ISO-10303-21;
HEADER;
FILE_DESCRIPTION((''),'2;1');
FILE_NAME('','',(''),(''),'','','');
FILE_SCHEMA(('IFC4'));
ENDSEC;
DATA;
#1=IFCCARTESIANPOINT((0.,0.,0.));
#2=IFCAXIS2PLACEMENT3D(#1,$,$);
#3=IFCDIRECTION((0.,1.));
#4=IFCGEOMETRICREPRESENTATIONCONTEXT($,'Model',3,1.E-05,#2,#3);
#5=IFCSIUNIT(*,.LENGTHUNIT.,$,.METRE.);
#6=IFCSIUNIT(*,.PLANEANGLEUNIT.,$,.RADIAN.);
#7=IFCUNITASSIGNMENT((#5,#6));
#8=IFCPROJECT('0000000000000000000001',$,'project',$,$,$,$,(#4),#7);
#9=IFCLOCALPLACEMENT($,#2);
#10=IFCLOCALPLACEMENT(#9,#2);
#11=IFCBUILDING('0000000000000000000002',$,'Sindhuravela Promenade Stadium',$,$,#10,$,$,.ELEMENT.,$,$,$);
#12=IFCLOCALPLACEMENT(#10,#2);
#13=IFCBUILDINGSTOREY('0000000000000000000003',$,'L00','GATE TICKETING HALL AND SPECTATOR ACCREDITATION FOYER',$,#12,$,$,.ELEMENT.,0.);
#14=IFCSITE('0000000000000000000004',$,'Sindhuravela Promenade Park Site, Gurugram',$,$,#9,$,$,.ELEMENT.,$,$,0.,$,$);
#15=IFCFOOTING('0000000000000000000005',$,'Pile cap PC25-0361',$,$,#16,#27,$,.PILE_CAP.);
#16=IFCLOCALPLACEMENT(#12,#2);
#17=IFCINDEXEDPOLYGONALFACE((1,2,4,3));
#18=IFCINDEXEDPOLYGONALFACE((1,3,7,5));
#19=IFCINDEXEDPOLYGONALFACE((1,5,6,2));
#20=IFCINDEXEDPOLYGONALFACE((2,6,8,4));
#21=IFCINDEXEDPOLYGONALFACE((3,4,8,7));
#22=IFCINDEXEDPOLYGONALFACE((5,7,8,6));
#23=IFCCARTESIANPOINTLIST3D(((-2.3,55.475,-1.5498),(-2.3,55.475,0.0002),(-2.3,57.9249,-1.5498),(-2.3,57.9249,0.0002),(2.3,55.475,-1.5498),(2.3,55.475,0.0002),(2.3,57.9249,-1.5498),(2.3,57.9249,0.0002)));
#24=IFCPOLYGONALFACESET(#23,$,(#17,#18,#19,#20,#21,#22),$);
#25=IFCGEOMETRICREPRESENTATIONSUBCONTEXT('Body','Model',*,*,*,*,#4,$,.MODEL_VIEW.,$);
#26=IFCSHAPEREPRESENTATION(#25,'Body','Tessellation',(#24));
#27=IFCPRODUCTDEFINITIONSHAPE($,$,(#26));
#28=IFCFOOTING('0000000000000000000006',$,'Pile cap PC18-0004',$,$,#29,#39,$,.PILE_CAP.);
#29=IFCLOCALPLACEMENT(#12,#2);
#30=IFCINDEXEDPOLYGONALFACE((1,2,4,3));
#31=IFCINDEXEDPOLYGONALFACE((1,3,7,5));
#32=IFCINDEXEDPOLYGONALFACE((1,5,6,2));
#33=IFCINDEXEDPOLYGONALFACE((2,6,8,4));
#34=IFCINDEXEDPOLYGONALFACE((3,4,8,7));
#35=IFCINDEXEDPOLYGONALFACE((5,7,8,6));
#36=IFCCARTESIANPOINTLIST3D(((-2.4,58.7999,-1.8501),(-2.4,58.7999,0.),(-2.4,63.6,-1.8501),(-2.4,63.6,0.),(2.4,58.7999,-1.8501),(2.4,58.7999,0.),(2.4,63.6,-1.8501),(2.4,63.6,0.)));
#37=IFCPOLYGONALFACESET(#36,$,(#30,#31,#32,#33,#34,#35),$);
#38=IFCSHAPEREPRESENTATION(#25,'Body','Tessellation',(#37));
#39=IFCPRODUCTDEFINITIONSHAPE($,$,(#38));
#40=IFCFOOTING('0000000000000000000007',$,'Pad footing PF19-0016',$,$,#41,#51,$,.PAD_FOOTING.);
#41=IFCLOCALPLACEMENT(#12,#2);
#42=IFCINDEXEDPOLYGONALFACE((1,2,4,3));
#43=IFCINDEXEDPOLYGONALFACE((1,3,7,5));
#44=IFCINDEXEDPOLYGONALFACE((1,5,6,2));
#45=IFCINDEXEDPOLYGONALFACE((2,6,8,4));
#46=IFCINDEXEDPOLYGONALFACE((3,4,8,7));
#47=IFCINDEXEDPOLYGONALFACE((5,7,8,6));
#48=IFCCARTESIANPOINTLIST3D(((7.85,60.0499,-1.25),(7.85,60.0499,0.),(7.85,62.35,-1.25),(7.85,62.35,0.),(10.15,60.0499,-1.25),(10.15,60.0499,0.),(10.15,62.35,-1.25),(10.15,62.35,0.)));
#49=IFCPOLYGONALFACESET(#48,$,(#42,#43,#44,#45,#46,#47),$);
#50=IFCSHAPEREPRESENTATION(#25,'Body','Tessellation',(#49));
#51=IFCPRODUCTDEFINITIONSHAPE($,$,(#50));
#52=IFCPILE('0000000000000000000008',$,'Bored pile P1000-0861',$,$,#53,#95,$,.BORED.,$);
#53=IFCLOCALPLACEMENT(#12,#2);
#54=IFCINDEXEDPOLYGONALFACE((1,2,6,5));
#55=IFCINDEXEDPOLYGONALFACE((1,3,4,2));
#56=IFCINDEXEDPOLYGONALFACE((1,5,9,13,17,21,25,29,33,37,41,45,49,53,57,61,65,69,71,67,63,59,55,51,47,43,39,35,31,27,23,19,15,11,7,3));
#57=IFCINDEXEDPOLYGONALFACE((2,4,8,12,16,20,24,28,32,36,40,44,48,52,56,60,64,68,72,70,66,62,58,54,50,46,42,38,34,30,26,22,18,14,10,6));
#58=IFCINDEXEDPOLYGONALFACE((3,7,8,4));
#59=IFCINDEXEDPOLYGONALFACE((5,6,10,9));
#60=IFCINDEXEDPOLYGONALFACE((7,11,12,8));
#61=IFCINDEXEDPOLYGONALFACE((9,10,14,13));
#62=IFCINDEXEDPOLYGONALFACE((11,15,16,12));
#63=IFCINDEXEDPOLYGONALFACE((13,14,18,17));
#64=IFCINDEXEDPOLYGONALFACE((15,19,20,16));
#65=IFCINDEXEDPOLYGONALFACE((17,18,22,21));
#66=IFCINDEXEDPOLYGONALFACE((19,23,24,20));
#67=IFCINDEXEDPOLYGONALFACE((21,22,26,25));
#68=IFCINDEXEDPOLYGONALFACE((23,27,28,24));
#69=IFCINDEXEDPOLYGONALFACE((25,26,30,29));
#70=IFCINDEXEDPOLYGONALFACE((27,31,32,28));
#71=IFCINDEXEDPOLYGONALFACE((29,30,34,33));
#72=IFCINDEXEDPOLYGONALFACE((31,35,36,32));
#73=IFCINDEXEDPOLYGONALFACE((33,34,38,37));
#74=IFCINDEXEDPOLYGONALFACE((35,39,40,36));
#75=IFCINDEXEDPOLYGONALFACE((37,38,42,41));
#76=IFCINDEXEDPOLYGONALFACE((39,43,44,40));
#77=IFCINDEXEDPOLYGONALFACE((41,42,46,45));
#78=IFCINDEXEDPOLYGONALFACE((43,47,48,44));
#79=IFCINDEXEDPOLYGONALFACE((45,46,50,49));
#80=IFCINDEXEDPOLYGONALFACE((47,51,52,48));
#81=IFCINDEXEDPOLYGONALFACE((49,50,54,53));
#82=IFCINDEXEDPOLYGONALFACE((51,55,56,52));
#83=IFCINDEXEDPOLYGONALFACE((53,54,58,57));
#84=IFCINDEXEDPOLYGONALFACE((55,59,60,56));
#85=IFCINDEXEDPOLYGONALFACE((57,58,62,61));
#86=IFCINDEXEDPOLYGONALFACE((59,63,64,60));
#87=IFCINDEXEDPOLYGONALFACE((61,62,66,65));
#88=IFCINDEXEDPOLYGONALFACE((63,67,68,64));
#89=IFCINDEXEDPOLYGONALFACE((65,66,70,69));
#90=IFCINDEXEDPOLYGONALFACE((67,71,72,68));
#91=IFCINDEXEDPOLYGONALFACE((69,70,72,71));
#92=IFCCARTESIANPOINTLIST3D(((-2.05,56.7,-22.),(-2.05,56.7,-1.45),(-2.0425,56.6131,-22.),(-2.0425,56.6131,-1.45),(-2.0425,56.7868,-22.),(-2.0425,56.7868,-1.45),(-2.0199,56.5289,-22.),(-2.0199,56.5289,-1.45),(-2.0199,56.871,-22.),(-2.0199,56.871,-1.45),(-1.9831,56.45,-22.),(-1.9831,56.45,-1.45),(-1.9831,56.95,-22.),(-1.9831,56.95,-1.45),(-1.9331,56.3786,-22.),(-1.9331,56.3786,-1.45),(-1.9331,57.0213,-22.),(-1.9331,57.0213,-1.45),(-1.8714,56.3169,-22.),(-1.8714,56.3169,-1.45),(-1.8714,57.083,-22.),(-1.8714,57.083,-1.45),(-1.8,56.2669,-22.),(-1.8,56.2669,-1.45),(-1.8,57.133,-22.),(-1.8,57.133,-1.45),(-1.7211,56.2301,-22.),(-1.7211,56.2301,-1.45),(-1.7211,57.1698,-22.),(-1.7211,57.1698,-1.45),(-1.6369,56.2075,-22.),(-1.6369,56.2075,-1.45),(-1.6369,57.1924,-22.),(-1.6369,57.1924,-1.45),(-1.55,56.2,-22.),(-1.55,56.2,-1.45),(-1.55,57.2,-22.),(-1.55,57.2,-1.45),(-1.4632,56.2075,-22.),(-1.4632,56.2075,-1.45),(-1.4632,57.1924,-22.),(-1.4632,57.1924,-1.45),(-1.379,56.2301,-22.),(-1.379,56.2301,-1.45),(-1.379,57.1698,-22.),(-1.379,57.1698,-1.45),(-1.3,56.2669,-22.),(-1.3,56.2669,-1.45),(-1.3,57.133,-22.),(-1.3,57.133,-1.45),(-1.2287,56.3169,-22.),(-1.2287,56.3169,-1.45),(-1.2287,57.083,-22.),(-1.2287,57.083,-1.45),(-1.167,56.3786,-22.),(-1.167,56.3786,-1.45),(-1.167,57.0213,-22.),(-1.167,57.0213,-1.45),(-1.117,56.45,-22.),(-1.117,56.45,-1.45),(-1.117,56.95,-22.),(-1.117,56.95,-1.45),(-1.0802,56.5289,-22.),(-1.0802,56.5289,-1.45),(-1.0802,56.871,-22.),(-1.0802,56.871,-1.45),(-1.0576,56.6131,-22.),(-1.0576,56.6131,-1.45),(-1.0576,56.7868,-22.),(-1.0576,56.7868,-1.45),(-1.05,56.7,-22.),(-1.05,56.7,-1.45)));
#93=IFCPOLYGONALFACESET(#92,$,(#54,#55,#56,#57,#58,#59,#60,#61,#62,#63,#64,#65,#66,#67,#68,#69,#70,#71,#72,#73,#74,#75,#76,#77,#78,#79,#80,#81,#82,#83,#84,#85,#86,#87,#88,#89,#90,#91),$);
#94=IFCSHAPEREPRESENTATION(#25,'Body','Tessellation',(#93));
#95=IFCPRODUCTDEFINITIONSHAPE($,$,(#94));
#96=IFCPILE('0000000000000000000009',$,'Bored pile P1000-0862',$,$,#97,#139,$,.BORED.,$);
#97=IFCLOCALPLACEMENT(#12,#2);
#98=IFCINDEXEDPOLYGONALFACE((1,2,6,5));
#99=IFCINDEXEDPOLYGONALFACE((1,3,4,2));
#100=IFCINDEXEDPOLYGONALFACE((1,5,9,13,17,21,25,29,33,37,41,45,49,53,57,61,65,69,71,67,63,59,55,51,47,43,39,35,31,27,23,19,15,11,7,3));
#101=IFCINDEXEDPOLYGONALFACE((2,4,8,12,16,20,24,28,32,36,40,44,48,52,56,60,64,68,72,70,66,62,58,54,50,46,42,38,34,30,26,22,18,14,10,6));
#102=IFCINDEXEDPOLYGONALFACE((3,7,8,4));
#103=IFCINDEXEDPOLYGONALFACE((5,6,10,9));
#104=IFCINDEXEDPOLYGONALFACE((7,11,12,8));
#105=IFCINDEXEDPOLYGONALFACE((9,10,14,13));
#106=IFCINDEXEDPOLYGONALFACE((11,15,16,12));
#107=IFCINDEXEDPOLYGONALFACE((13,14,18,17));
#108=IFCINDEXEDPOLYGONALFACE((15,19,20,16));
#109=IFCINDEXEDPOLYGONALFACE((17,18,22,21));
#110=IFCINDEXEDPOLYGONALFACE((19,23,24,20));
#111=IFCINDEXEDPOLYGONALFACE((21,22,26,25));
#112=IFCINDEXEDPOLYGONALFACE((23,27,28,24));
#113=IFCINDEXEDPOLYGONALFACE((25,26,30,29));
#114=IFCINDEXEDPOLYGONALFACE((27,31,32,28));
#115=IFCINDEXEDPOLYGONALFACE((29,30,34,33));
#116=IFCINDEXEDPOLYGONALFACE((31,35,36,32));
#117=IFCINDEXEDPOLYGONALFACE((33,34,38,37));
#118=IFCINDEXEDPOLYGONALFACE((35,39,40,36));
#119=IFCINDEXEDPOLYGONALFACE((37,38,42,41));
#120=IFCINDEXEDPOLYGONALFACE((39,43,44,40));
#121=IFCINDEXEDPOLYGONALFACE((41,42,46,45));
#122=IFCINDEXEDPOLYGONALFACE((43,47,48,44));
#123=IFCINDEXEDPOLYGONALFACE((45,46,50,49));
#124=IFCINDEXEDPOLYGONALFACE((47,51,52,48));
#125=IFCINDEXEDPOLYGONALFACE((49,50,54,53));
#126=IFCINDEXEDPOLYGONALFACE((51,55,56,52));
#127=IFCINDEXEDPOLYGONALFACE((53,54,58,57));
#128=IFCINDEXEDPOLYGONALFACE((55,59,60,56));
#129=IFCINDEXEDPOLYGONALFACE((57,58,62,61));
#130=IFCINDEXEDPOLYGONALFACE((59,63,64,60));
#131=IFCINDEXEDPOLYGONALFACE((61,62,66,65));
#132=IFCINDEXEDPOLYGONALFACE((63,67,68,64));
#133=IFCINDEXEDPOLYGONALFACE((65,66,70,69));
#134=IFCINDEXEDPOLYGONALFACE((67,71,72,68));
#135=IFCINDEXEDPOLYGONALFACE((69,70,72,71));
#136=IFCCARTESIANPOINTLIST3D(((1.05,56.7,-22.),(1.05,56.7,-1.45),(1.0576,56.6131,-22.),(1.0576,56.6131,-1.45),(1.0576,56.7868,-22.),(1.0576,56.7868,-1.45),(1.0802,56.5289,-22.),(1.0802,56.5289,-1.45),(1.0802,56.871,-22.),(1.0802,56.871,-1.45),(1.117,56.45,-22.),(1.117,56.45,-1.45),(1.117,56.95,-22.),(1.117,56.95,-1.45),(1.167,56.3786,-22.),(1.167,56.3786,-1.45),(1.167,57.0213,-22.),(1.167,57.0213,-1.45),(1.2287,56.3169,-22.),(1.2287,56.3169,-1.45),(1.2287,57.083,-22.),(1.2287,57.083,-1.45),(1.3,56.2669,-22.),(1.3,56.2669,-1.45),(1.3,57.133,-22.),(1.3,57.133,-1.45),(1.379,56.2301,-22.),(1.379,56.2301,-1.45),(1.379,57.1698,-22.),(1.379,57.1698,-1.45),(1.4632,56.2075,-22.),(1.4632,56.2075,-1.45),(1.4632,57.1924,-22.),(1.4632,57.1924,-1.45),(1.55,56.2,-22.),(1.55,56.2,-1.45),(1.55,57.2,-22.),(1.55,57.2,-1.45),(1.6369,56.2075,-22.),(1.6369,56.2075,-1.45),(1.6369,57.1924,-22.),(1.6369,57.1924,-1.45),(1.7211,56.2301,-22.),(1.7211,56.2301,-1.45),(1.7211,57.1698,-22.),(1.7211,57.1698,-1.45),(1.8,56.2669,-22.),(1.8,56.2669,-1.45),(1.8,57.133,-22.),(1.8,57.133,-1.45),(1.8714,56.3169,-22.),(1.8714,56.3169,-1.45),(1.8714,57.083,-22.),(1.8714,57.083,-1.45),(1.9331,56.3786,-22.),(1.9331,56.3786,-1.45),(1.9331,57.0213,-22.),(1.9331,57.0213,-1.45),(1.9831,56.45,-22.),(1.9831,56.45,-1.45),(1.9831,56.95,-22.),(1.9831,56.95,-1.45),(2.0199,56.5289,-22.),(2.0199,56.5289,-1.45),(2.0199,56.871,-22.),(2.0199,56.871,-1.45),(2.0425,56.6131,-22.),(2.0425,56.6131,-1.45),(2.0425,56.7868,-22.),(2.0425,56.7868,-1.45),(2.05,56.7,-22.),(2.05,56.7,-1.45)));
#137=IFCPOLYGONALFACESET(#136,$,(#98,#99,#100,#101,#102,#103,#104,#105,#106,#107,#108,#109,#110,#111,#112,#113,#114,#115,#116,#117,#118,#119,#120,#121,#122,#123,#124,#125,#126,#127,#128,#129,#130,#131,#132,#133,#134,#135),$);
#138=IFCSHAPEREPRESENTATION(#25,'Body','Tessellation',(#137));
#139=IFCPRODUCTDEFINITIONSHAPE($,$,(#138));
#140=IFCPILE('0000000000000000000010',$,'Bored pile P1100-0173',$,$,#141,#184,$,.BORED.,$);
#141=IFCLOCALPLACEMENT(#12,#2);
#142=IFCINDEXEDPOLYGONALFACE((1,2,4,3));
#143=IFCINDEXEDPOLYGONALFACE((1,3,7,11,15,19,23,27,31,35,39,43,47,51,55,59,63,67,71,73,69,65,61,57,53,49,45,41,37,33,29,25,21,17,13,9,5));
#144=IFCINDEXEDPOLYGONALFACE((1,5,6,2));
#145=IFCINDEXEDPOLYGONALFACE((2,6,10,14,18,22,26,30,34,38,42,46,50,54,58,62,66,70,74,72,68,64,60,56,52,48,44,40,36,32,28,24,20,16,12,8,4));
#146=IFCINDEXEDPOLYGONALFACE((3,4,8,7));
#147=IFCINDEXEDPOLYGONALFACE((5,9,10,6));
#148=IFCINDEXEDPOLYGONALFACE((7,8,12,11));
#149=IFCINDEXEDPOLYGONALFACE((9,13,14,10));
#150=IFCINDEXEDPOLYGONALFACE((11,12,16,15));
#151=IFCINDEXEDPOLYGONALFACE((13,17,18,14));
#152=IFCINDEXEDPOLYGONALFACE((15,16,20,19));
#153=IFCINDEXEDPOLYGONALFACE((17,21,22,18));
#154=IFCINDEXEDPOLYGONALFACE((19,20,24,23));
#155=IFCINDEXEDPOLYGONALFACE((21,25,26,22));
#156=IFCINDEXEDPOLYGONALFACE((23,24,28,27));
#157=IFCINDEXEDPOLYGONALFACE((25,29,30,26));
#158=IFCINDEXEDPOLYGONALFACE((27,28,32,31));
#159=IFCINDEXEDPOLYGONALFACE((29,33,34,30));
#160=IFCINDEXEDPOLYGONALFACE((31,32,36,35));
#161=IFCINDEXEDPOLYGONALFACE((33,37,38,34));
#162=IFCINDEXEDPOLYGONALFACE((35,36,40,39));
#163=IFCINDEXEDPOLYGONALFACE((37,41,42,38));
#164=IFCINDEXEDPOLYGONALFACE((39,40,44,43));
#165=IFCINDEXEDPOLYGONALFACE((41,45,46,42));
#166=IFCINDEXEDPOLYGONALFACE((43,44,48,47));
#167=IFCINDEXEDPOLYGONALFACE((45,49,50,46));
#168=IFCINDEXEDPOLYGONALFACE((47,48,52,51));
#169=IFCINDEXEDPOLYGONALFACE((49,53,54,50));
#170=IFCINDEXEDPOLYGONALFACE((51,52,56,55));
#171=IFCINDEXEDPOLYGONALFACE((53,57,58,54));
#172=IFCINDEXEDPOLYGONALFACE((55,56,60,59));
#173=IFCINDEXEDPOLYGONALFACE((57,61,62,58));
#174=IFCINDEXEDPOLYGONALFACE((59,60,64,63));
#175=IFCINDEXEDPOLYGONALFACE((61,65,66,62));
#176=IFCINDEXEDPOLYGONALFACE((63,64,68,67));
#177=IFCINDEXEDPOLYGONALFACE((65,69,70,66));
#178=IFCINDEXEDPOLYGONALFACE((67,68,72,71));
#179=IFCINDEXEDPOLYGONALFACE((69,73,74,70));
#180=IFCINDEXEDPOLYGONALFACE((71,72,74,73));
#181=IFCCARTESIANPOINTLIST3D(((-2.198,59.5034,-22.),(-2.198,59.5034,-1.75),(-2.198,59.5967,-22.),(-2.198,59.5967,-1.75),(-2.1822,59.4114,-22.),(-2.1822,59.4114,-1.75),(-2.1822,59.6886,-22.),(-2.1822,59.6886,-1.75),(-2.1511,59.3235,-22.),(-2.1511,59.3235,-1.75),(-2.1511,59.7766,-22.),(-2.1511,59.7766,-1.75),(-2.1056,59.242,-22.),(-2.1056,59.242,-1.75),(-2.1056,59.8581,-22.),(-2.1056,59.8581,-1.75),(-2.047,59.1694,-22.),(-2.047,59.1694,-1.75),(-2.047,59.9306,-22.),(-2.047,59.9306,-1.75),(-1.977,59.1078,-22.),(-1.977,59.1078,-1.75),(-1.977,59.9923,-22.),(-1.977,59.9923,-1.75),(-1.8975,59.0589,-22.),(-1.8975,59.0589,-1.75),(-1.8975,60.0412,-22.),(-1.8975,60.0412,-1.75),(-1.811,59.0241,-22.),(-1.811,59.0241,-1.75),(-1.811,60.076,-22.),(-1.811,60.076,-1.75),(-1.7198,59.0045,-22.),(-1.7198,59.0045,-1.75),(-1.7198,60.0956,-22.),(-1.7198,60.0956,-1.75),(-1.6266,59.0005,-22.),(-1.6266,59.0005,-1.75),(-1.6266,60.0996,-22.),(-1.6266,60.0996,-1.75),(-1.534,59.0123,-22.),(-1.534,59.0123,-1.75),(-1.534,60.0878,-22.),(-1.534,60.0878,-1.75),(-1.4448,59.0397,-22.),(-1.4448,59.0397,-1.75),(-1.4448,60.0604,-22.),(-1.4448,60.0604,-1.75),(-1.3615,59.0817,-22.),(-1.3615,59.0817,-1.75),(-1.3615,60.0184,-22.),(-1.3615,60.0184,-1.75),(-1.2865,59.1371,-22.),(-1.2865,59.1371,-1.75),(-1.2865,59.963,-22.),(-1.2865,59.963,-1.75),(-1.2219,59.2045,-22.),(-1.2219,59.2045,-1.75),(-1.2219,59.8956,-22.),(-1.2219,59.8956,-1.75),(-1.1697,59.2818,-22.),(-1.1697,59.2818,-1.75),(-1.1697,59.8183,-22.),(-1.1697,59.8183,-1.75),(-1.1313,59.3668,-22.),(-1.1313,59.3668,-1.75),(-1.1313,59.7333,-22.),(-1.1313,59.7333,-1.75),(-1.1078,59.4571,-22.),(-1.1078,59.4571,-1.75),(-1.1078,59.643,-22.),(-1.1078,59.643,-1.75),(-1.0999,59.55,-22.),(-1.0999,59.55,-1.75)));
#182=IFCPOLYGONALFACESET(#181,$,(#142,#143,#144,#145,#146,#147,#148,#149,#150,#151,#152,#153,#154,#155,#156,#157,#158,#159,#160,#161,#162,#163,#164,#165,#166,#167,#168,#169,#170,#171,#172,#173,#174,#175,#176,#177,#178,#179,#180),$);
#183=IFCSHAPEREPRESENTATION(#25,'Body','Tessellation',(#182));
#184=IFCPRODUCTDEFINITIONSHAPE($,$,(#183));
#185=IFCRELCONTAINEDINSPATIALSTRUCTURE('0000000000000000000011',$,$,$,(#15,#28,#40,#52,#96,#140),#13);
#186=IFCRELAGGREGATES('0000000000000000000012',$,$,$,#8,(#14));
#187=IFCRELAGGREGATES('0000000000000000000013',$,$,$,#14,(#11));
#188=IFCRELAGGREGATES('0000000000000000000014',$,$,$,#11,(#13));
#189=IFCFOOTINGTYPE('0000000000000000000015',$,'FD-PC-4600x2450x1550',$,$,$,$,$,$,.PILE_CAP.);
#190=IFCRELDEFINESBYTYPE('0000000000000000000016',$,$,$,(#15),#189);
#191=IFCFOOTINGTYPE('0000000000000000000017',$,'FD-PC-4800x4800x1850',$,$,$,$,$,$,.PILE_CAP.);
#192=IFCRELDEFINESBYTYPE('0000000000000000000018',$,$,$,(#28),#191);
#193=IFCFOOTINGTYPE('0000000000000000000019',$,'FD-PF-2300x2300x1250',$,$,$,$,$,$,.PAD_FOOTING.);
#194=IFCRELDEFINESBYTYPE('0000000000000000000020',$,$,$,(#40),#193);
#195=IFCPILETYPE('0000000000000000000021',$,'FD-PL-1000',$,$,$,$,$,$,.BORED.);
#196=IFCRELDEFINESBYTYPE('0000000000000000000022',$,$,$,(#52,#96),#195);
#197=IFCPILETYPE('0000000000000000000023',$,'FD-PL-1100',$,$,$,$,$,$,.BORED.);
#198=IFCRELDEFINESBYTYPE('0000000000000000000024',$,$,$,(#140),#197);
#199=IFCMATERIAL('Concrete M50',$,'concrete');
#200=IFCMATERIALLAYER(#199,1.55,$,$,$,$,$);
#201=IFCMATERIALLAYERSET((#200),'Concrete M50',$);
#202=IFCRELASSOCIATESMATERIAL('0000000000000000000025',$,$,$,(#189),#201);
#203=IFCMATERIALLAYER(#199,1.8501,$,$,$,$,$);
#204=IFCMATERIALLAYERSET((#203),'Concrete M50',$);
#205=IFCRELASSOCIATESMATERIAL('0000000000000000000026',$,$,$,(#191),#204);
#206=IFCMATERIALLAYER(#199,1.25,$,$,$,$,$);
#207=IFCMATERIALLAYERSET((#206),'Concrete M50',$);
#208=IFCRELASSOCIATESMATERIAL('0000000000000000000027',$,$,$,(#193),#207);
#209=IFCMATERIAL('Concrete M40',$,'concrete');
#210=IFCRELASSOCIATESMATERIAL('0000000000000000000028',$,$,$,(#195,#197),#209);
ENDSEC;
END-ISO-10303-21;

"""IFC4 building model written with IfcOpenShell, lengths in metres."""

from ifc_helpers import new_model, si_unit, direction, frame, origin, origin_2d, place, context, subcontext, project, spatial, rectangle, circle, extrude, material, layer, layer_set, material_profile, profile_set, type_object, element, save


model = new_model("IFC4")

# Units and contexts
model_context = context("Model", 3, precision=1e-05, world=origin(), true_north=direction((0.0, 1.0)))
body_context = subcontext(model_context, "Body", "Model", "MODEL_VIEW")
ifc_project = project(units=[si_unit("LENGTHUNIT", "METRE"), si_unit("PLANEANGLEUNIT", "RADIAN")], contexts=[model_context])

# Site, building, storey
site_placement = place(None, origin())
site = spatial("IfcSite", under=ifc_project, at=site_placement, Name="Sindhuravela Promenade Park Site, Gurugram", CompositionType="ELEMENT", RefElevation=0.0)
building_placement = place(site_placement, origin())
building = spatial("IfcBuilding", under=site, at=building_placement, Name="Sindhuravela Promenade Stadium", CompositionType="ELEMENT")
storey_placement = place(building_placement, origin())
storey = spatial("IfcBuildingStorey", under=building, at=storey_placement, Name="L00", Description="GATE TICKETING HALL AND SPECTATOR ACCREDITATION FOYER", CompositionType="ELEMENT", Elevation=0.0)

# Footings
ifc_material_1 = material(Name="Concrete M50", Category="concrete")
ifc_layer_1 = layer(ifc_material_1, 1.55)
ifc_layer_set_1 = layer_set([ifc_layer_1], Name="Concrete M50")
footing_type_1 = type_object("IfcFootingType", Name="FD-PC-4600x2450x1550", PredefinedType="PILE_CAP", material=ifc_layer_set_1)
footing_1_placement = place(storey_placement, frame((0.0, 56.7, -1.5498), z_axis=(0.0, 0.0, 1.0), x_axis=(1.0, 0.0, 0.0)))
element("IfcFooting", 1, at=footing_1_placement, inside=storey, type_object=footing_type_1, Name="Pile cap PC25-0361", PredefinedType="PILE_CAP", context=body_context, shape_type="SweptSolid", body=[
    extrude(rectangle(XDim=4.6001, YDim=2.45, at=origin_2d()), origin(), (0.0, 0.0, 1.0), 1.55),
])
ifc_layer_2 = layer(ifc_material_1, 1.8501)
ifc_layer_set_2 = layer_set([ifc_layer_2], Name="Concrete M50")
footing_type_2 = type_object("IfcFootingType", Name="FD-PC-4800x4800x1850", PredefinedType="PILE_CAP", material=ifc_layer_set_2)
footing_2_placement = place(storey_placement, frame((0.0, 61.2, -1.8501), z_axis=(0.0, 0.0, 1.0), x_axis=(1.0, 0.0, 0.0)))
element("IfcFooting", 2, at=footing_2_placement, inside=storey, type_object=footing_type_2, Name="Pile cap PC18-0004", PredefinedType="PILE_CAP", context=body_context, shape_type="SweptSolid", body=[
    extrude(rectangle(XDim=4.8, YDim=4.8, at=origin_2d()), origin(), (0.0, 0.0, 1.0), 1.8501),
])
ifc_layer_3 = layer(ifc_material_1, 1.25)
ifc_layer_set_3 = layer_set([ifc_layer_3], Name="Concrete M50")
footing_type_3 = type_object("IfcFootingType", Name="FD-PF-2300x2300x1250", PredefinedType="PAD_FOOTING", material=ifc_layer_set_3)
footing_3_placement = place(storey_placement, frame((9.0, 61.2, -1.25), z_axis=(0.0, 0.0, 1.0), x_axis=(1.0, 0.0, 0.0)))
element("IfcFooting", 3, at=footing_3_placement, inside=storey, type_object=footing_type_3, Name="Pad footing PF19-0016", PredefinedType="PAD_FOOTING", context=body_context, shape_type="SweptSolid", body=[
    extrude(rectangle(XDim=2.3, YDim=2.3, at=origin_2d()), origin(), (0.0, 0.0, 1.0), 1.25),
])

# Piles
ifc_material_2 = material(Name="Concrete M40", Category="concrete")
ifc_material_profile_1 = material_profile(ifc_material_2, circle(Radius=0.5, at=origin_2d()), Name="BORED PILE D1000")
ifc_profile_set_1 = profile_set([ifc_material_profile_1], Name="Concrete M40")
pile_type_1 = type_object("IfcPileType", Name="FD-PL-1000", PredefinedType="BORED", material=ifc_profile_set_1)
for number, where, z_axis, x_axis, name in (
    (4, (-1.55, 56.7, -1.45), (0.0, 0.0, -1.0), (1.0, 0.0, 0.0), "Bored pile P1000-0861"),
    (5, (1.55, 56.7, -1.45), (0.0, 0.0, -1.0), (1.0, 0.0, 0.0), "Bored pile P1000-0862"),
):
    element("IfcPile", number, at=place(storey_placement, frame(where, z_axis=z_axis, x_axis=x_axis)), inside=storey, type_object=pile_type_1, Name=name, PredefinedType="BORED", context=body_context, shape_type="SweptSolid", body=[
        extrude(circle(Radius=0.5, at=origin_2d()), origin(), (0.0, 0.0, 1.0), 20.55),
    ])
ifc_material_profile_2 = material_profile(ifc_material_2, circle(Radius=0.55, at=origin_2d()), Name="BORED PILE D1100")
ifc_profile_set_2 = profile_set([ifc_material_profile_2], Name="Concrete M40")
pile_type_2 = type_object("IfcPileType", Name="FD-PL-1100", PredefinedType="BORED", material=ifc_profile_set_2)
for number, where, z_axis, x_axis, name in (
    (6, (-1.6499, 59.55, -1.75), (0.0, 0.0, -1.0), (1.0, 0.0, 0.0), "Bored pile P1100-0173"),
):
    element("IfcPile", number, at=place(storey_placement, frame(where, z_axis=z_axis, x_axis=x_axis)), inside=storey, type_object=pile_type_2, Name=name, PredefinedType="BORED", context=body_context, shape_type="SweptSolid", body=[
        extrude(circle(Radius=0.55, at=origin_2d()), origin(), (0.0, 0.0, 1.0), 20.25),
    ])

save(model, "model.ifc")
